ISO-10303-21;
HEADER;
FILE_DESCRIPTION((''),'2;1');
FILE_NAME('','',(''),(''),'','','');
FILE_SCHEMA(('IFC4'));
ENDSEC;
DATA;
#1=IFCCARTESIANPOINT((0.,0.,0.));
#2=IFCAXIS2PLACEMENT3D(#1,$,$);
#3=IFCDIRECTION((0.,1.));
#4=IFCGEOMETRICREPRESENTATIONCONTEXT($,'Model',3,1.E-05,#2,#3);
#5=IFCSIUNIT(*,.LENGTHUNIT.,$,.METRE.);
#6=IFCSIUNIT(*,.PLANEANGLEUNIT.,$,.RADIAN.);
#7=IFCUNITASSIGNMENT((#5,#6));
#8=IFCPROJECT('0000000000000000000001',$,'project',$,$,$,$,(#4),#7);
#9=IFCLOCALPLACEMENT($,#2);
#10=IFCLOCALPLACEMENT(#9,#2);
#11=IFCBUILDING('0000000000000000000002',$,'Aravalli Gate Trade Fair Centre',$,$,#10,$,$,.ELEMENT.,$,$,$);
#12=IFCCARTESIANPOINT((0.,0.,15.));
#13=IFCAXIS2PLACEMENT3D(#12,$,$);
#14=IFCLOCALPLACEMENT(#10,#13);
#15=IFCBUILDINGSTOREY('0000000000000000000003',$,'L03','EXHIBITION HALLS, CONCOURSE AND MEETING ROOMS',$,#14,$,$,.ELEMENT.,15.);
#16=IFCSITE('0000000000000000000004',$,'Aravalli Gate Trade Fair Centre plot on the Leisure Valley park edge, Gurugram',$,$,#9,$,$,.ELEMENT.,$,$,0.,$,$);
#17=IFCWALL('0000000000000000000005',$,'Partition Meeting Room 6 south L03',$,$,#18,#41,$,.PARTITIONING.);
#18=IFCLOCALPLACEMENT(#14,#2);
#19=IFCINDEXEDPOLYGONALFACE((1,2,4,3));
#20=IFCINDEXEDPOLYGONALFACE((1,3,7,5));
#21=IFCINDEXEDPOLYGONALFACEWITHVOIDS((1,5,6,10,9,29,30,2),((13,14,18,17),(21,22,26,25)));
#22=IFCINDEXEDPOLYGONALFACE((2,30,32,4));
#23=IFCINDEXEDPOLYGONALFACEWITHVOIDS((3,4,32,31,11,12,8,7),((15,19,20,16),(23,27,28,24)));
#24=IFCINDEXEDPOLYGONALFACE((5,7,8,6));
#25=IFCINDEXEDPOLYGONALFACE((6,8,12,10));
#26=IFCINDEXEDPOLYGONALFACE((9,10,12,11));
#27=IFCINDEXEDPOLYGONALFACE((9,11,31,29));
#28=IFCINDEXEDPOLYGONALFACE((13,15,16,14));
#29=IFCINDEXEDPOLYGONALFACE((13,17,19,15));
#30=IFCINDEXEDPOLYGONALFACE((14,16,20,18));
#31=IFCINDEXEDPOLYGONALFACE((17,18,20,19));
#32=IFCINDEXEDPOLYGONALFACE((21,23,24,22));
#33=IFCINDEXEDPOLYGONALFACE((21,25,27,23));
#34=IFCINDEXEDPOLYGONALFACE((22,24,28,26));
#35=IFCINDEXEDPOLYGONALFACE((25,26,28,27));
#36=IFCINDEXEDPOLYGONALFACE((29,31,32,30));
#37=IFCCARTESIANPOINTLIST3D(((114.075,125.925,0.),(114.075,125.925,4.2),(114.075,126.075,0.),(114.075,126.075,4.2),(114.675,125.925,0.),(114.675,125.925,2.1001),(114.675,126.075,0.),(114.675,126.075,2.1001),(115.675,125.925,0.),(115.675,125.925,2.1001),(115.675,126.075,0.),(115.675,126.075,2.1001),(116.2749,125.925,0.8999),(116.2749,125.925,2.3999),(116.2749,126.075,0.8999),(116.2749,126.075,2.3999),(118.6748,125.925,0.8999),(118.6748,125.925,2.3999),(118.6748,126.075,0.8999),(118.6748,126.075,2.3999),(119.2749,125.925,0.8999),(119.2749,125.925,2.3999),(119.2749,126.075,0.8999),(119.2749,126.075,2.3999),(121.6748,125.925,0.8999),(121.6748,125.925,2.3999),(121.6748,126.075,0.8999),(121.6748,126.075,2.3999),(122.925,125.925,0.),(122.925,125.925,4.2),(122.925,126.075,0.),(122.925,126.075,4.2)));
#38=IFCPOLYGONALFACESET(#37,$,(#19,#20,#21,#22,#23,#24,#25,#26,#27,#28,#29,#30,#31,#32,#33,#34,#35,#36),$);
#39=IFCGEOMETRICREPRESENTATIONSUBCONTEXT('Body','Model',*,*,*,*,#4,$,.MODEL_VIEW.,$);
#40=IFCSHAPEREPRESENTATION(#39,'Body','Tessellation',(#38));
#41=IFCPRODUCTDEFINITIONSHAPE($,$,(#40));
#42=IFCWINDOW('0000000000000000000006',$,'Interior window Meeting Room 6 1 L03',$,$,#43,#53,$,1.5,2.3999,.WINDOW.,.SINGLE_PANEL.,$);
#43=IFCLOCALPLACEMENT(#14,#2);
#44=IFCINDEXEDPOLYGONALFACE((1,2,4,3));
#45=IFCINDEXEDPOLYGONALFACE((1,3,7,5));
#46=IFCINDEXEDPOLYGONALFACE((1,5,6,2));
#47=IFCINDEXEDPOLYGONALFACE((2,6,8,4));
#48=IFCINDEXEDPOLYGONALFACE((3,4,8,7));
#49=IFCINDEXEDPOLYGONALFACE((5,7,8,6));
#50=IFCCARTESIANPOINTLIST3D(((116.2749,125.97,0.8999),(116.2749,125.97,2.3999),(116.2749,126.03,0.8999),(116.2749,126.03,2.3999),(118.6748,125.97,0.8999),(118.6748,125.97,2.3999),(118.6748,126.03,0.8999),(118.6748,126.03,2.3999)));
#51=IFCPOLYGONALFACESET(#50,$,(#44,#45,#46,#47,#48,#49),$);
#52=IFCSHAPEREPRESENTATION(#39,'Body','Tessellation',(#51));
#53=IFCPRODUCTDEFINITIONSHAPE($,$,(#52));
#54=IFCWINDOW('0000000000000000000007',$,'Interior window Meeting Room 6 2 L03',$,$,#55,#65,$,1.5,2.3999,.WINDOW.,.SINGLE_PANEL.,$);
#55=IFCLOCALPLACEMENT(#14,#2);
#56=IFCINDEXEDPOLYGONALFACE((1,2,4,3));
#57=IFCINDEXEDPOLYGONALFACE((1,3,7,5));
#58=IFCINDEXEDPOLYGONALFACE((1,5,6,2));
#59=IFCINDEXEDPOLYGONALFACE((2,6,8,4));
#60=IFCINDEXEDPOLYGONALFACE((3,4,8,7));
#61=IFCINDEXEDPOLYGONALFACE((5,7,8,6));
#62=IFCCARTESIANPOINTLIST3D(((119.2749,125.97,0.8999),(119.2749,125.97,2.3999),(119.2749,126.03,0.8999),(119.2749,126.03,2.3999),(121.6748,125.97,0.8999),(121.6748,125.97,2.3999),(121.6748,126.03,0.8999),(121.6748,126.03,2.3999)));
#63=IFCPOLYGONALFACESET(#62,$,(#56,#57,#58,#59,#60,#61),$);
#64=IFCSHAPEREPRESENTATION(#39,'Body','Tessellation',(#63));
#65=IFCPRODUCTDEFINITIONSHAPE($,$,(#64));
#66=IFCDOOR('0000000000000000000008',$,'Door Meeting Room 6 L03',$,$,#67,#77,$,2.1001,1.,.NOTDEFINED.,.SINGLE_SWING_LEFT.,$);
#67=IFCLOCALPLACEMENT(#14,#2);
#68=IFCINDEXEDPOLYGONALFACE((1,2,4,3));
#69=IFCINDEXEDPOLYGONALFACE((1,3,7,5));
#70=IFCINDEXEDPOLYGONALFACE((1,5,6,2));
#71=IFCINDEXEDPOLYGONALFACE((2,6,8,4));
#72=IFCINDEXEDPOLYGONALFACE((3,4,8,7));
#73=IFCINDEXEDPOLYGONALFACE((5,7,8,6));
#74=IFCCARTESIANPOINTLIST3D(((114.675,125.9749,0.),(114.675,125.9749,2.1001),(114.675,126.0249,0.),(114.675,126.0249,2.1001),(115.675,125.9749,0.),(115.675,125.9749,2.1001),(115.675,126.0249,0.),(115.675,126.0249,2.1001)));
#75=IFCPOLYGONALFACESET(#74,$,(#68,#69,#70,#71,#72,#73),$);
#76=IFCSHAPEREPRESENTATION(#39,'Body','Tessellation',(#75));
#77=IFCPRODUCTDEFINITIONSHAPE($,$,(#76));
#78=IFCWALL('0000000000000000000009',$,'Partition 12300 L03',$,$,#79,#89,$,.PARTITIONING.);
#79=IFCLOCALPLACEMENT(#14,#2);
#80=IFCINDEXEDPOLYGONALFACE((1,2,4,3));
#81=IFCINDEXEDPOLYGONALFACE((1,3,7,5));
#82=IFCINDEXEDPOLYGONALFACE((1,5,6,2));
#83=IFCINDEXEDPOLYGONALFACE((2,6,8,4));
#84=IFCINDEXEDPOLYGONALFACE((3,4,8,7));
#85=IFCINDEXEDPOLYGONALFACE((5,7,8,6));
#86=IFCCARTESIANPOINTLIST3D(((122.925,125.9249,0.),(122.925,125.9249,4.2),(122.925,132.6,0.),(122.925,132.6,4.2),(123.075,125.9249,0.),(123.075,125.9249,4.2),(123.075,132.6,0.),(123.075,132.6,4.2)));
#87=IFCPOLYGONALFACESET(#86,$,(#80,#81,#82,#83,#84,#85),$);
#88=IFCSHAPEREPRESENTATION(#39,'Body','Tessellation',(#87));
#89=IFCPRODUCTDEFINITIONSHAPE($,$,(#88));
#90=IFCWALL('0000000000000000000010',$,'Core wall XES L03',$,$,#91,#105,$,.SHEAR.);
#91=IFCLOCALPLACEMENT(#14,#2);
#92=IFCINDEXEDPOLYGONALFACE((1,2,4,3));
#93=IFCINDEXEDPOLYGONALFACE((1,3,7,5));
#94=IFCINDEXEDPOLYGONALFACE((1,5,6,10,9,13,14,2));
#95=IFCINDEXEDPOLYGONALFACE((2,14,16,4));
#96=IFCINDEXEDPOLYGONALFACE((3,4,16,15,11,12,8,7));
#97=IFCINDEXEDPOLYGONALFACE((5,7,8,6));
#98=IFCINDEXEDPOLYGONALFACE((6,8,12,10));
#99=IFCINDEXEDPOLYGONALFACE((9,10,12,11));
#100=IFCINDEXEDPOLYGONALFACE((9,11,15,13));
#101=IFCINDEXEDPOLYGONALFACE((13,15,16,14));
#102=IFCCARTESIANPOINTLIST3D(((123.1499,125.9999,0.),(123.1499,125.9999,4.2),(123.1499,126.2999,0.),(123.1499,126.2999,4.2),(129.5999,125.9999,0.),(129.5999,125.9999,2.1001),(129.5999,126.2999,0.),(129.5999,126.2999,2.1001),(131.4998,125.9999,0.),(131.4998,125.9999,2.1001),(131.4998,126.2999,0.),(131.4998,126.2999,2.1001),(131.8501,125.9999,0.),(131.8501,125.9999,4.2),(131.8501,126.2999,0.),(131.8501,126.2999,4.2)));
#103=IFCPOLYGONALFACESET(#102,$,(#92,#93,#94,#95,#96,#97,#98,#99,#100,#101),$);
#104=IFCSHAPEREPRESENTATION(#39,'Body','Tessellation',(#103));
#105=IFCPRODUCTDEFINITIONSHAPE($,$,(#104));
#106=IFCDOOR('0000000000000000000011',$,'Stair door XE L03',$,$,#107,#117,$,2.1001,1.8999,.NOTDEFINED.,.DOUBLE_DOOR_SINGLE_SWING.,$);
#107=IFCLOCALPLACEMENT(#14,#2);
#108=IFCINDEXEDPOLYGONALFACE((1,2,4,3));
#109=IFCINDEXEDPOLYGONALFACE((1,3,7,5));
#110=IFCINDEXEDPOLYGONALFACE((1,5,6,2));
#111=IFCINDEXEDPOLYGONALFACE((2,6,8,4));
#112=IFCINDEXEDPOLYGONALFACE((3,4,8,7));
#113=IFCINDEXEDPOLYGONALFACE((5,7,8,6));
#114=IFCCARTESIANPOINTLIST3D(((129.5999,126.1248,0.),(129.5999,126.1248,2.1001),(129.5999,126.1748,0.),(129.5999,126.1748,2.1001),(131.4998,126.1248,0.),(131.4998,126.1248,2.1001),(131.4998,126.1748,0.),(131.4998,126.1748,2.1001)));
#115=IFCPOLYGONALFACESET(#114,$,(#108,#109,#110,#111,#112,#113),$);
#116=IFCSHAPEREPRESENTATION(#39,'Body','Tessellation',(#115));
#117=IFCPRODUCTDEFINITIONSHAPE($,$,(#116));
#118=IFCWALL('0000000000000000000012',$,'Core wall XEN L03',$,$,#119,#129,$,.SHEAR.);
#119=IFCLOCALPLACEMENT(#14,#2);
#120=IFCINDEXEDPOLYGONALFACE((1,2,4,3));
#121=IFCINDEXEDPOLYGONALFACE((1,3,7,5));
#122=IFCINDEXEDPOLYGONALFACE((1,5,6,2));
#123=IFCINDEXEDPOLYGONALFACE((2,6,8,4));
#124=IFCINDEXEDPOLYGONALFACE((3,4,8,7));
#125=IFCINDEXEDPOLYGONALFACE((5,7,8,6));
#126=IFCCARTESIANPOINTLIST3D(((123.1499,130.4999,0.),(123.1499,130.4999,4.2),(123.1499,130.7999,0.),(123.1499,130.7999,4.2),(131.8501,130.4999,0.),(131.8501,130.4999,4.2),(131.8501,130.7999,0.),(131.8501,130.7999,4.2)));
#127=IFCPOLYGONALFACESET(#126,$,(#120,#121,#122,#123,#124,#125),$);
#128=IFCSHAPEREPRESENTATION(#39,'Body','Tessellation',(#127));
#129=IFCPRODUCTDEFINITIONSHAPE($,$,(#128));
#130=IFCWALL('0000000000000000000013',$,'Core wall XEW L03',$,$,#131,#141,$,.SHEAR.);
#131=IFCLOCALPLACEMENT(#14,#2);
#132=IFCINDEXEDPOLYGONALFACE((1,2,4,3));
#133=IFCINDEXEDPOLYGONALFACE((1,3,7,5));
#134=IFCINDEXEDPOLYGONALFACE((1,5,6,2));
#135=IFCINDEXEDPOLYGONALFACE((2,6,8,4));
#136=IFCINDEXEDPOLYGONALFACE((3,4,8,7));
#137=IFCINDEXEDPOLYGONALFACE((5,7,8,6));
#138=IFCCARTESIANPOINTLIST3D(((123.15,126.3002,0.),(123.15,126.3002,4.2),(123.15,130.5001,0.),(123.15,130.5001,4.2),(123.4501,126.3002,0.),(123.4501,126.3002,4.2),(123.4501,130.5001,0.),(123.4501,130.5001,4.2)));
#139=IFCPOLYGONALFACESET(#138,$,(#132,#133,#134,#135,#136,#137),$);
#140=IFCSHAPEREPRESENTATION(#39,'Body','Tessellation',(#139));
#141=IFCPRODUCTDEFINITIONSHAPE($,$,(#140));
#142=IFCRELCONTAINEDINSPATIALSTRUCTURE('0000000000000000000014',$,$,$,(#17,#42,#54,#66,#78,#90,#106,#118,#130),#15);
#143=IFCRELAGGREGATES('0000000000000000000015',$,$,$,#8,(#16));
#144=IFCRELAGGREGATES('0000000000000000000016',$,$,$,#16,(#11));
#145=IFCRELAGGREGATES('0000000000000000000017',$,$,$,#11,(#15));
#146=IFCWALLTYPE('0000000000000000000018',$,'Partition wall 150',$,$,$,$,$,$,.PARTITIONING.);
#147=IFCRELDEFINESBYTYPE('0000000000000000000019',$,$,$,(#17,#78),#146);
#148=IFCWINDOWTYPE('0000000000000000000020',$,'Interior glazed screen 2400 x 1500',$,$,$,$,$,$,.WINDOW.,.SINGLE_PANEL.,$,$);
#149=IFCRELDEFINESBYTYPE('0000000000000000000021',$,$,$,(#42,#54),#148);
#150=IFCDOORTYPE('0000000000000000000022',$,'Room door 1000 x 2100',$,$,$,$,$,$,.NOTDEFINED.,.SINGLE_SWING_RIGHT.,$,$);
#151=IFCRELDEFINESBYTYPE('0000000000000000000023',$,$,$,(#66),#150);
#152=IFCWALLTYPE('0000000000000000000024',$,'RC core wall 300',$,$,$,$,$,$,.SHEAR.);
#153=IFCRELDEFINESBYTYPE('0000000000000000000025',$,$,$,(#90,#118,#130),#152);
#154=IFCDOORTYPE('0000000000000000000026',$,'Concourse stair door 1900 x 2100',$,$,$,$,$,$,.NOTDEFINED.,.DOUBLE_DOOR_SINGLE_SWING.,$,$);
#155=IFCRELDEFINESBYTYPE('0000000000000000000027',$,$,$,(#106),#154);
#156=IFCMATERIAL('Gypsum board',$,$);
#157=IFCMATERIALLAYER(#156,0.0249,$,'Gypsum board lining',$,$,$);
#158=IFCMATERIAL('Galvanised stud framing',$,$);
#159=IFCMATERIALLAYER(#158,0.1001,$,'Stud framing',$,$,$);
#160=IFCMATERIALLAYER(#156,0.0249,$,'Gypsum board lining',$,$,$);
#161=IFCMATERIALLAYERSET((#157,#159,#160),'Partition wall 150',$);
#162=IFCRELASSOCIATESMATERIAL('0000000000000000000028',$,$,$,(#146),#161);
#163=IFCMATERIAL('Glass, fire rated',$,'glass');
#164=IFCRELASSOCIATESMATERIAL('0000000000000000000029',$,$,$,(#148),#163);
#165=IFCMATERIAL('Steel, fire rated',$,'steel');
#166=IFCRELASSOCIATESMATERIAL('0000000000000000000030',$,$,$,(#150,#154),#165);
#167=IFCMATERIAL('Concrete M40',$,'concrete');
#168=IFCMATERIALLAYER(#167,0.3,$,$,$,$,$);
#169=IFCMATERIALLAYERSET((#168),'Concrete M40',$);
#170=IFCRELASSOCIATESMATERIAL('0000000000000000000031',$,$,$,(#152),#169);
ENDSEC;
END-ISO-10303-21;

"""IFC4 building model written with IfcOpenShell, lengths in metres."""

from ifc_helpers import new_model, si_unit, direction, frame, frame_2d, origin, place, context, subcontext, project, spatial, rectangle, extrude, material, layer, layer_set, type_object, element, fill, save


model = new_model("IFC4")

# Units and contexts
model_context = context("Model", 3, precision=1e-05, world=origin(), true_north=direction((0.0, 1.0)))
body_context = subcontext(model_context, "Body", "Model", "MODEL_VIEW")
ifc_project = project(units=[si_unit("LENGTHUNIT", "METRE"), si_unit("PLANEANGLEUNIT", "RADIAN")], contexts=[model_context])

# Site, building, storey
site_placement = place(None, origin())
site = spatial("IfcSite", under=ifc_project, at=site_placement, Name="Aravalli Gate Trade Fair Centre plot on the Leisure Valley park edge, Gurugram", CompositionType="ELEMENT", RefElevation=0.0)
building_placement = place(site_placement, origin())
building = spatial("IfcBuilding", under=site, at=building_placement, Name="Aravalli Gate Trade Fair Centre", CompositionType="ELEMENT")
storey_placement = place(building_placement, frame((0.0, 0.0, 15.0)))
storey = spatial("IfcBuildingStorey", under=building, at=storey_placement, Name="L03", Description="EXHIBITION HALLS, CONCOURSE AND MEETING ROOMS", CompositionType="ELEMENT", Elevation=15.0)

# Shared definitions
ifc_material_1 = material(Name="Gypsum board")
ifc_layer_1 = layer(ifc_material_1, 0.0249, Name="Gypsum board lining")
ifc_material_2 = material(Name="Galvanised stud framing")
ifc_layer_2 = layer(ifc_material_2, 0.1001, Name="Stud framing")
ifc_layer_3 = layer(ifc_material_1, 0.0249, Name="Gypsum board lining")
ifc_layer_set_1 = layer_set([ifc_layer_1, ifc_layer_2, ifc_layer_3], Name="Partition wall 150")
wall_type_1 = type_object("IfcWallType", Name="Partition wall 150", PredefinedType="PARTITIONING", material=ifc_layer_set_1)

# Wall, openings, windows, door
wall_1_placement = place(storey_placement, frame((114.075, 126.0, 0.0), z_axis=(0.0, 0.0, 1.0), x_axis=(1.0, 0.0, 0.0)))
wall_1 = element("IfcWall", 1, at=wall_1_placement, inside=storey, type_object=wall_type_1, Name="Partition Meeting Room 6 south L03", PredefinedType="PARTITIONING", context=body_context, shape_type="SweptSolid", body=[
    extrude(rectangle(XDim=8.8501, YDim=0.1499, at=frame_2d((4.425, 0.0))), origin(), (0.0, 0.0, 1.0), 4.2),
])
opening_1_placement = place(wall_1_placement, frame((0.6001, 0.0, 0.0)))
opening_1 = element("IfcOpeningElement", 2, at=opening_1_placement, cuts=wall_1, PredefinedType="OPENING", context=body_context, shape_type="SweptSolid", body=[
    extrude(rectangle(XDim=1.0, YDim=2.1001, at=frame_2d((0.5, 1.05))), frame((0.0, 0.085, 0.0), z_axis=(0.0, -1.0, 0.0), x_axis=(1.0, 0.0, 0.0)), (0.0, 0.0, 1.0), 0.1699),
])
opening_2_placement = place(wall_1_placement, frame((2.2, 0.0, 0.8999)))
opening_2 = element("IfcOpeningElement", 3, at=opening_2_placement, cuts=wall_1, PredefinedType="OPENING", context=body_context, shape_type="SweptSolid", body=[
    extrude(rectangle(XDim=2.3999, YDim=1.5, at=frame_2d((1.2, 0.75))), frame((0.0, 0.085, 0.0), z_axis=(0.0, -1.0, 0.0), x_axis=(1.0, 0.0, 0.0)), (0.0, 0.0, 1.0), 0.1699),
])
opening_3_placement = place(wall_1_placement, frame((5.2, 0.0, 0.8999)))
opening_3 = element("IfcOpeningElement", 4, at=opening_3_placement, cuts=wall_1, PredefinedType="OPENING", context=body_context, shape_type="SweptSolid", body=[
    extrude(rectangle(XDim=2.3999, YDim=1.5, at=frame_2d((1.2, 0.75))), frame((0.0, 0.085, 0.0), z_axis=(0.0, -1.0, 0.0), x_axis=(1.0, 0.0, 0.0)), (0.0, 0.0, 1.0), 0.1699),
])
ifc_material_3 = material(Name="Glass, fire rated", Category="glass")
window_type = type_object("IfcWindowType", Name="Interior glazed screen 2400 x 1500", PartitioningType="SINGLE_PANEL", PredefinedType="WINDOW", material=ifc_material_3)
window_1_placement = place(opening_2_placement, origin())
window_1 = element("IfcWindow", 5, at=window_1_placement, inside=storey, type_object=window_type, Name="Interior window Meeting Room 6 1 L03", OverallHeight=1.5, OverallWidth=2.3999, PartitioningType="SINGLE_PANEL", PredefinedType="WINDOW", context=body_context, shape_type="SweptSolid", body=[
    extrude(rectangle(XDim=2.3999, YDim=1.5, at=frame_2d((1.2, 0.75))), frame((0.0, 0.03, 0.0), z_axis=(0.0, -1.0, 0.0), x_axis=(1.0, 0.0, 0.0)), (0.0, 0.0, 1.0), 0.0601),
])
fill(opening_2, window_1)
window_2_placement = place(opening_3_placement, origin())
window_2 = element("IfcWindow", 6, at=window_2_placement, inside=storey, type_object=window_type, Name="Interior window Meeting Room 6 2 L03", OverallHeight=1.5, OverallWidth=2.3999, PartitioningType="SINGLE_PANEL", PredefinedType="WINDOW", context=body_context, shape_type="SweptSolid", body=[
    extrude(rectangle(XDim=2.3999, YDim=1.5, at=frame_2d((1.2, 0.75))), frame((0.0, 0.03, 0.0), z_axis=(0.0, -1.0, 0.0), x_axis=(1.0, 0.0, 0.0)), (0.0, 0.0, 1.0), 0.0601),
])
fill(opening_3, window_2)
ifc_material_4 = material(Name="Steel, fire rated", Category="steel")
door_type_1 = type_object("IfcDoorType", Name="Room door 1000 x 2100", OperationType="SINGLE_SWING_RIGHT", PredefinedType="NOTDEFINED", material=ifc_material_4)
door_1_placement = place(opening_1_placement, origin())
door_1 = element("IfcDoor", 7, at=door_1_placement, inside=storey, type_object=door_type_1, Name="Door Meeting Room 6 L03", OperationType="SINGLE_SWING_LEFT", OverallHeight=2.1001, OverallWidth=1.0, PredefinedType="NOTDEFINED", context=body_context, shape_type="SweptSolid", body=[
    extrude(rectangle(XDim=1.0, YDim=2.1001, at=frame_2d((0.5, 1.05))), frame((0.0, 0.0249, 0.0), z_axis=(0.0, -1.0, 0.0), x_axis=(1.0, 0.0, 0.0)), (0.0, 0.0, 1.0), 0.05),
])
fill(opening_1, door_1)

# Wall
wall_2_placement = place(storey_placement, frame((123.0, 125.925, 0.0), z_axis=(0.0, 0.0, 1.0), x_axis=(0.0, 1.0, 0.0)))
element("IfcWall", 8, at=wall_2_placement, inside=storey, type_object=wall_type_1, Name="Partition 12300 L03", PredefinedType="PARTITIONING", context=body_context, shape_type="SweptSolid", body=[
    extrude(rectangle(XDim=6.675, YDim=0.1499, at=frame_2d((3.3374, 0.0))), origin(), (0.0, 0.0, 1.0), 4.2),
])

# Wall, opening, door
ifc_material_5 = material(Name="Concrete M40", Category="concrete")
ifc_layer_4 = layer(ifc_material_5, 0.3)
ifc_layer_set_2 = layer_set([ifc_layer_4], Name="Concrete M40")
wall_type_2 = type_object("IfcWallType", Name="RC core wall 300", PredefinedType="SHEAR", material=ifc_layer_set_2)
wall_3_placement = place(storey_placement, frame((123.1499, 126.1499, 0.0), z_axis=(0.0, 0.0, 1.0), x_axis=(1.0, 0.0, 0.0)))
wall_3 = element("IfcWall", 9, at=wall_3_placement, inside=storey, type_object=wall_type_2, Name="Core wall XES L03", PredefinedType="SHEAR", context=body_context, shape_type="SweptSolid", body=[
    extrude(rectangle(XDim=8.7002, YDim=0.3, at=frame_2d((4.3501, 0.0))), origin(), (0.0, 0.0, 1.0), 4.2),
])
opening_4_placement = place(wall_3_placement, frame((6.45, 0.0, 0.0)))
opening_4 = element("IfcOpeningElement", 10, at=opening_4_placement, cuts=wall_3, PredefinedType="OPENING", context=body_context, shape_type="SweptSolid", body=[
    extrude(rectangle(XDim=1.8999, YDim=2.1001, at=frame_2d((0.95, 1.05))), frame((0.0, 0.1599, 0.0), z_axis=(0.0, -1.0, 0.0), x_axis=(1.0, 0.0, 0.0)), (0.0, 0.0, 1.0), 0.3201),
])
door_type_2 = type_object("IfcDoorType", Name="Concourse stair door 1900 x 2100", OperationType="DOUBLE_DOOR_SINGLE_SWING", PredefinedType="NOTDEFINED", material=ifc_material_4)
door_2_placement = place(opening_4_placement, origin())
door_2 = element("IfcDoor", 11, at=door_2_placement, inside=storey, type_object=door_type_2, Name="Stair door XE L03", OperationType="DOUBLE_DOOR_SINGLE_SWING", OverallHeight=2.1001, OverallWidth=1.8999, PredefinedType="NOTDEFINED", context=body_context, shape_type="SweptSolid", body=[
    extrude(rectangle(XDim=1.8999, YDim=2.1001, at=frame_2d((0.95, 1.05))), frame((0.0, 0.0249, 0.0), z_axis=(0.0, -1.0, 0.0), x_axis=(1.0, 0.0, 0.0)), (0.0, 0.0, 1.0), 0.05),
])
fill(opening_4, door_2)

# Walls
wall_4_placement = place(storey_placement, frame((123.1499, 130.6499, 0.0), z_axis=(0.0, 0.0, 1.0), x_axis=(1.0, 0.0, 0.0)))
element("IfcWall", 12, at=wall_4_placement, inside=storey, type_object=wall_type_2, Name="Core wall XEN L03", PredefinedType="SHEAR", context=body_context, shape_type="SweptSolid", body=[
    extrude(rectangle(XDim=8.7002, YDim=0.3, at=frame_2d((4.3501, 0.0))), origin(), (0.0, 0.0, 1.0), 4.2),
])
wall_5_placement = place(storey_placement, frame((123.3, 126.3, 0.0), z_axis=(0.0, 0.0, 1.0), x_axis=(0.0, 1.0, 0.0)))
element("IfcWall", 13, at=wall_5_placement, inside=storey, type_object=wall_type_2, Name="Core wall XEW L03", PredefinedType="SHEAR", context=body_context, shape_type="SweptSolid", body=[
    extrude(rectangle(XDim=4.2, YDim=0.3, at=frame_2d((2.1001, 0.0))), origin(), (0.0, 0.0, 1.0), 4.2),
])

save(model, "model.ifc")
